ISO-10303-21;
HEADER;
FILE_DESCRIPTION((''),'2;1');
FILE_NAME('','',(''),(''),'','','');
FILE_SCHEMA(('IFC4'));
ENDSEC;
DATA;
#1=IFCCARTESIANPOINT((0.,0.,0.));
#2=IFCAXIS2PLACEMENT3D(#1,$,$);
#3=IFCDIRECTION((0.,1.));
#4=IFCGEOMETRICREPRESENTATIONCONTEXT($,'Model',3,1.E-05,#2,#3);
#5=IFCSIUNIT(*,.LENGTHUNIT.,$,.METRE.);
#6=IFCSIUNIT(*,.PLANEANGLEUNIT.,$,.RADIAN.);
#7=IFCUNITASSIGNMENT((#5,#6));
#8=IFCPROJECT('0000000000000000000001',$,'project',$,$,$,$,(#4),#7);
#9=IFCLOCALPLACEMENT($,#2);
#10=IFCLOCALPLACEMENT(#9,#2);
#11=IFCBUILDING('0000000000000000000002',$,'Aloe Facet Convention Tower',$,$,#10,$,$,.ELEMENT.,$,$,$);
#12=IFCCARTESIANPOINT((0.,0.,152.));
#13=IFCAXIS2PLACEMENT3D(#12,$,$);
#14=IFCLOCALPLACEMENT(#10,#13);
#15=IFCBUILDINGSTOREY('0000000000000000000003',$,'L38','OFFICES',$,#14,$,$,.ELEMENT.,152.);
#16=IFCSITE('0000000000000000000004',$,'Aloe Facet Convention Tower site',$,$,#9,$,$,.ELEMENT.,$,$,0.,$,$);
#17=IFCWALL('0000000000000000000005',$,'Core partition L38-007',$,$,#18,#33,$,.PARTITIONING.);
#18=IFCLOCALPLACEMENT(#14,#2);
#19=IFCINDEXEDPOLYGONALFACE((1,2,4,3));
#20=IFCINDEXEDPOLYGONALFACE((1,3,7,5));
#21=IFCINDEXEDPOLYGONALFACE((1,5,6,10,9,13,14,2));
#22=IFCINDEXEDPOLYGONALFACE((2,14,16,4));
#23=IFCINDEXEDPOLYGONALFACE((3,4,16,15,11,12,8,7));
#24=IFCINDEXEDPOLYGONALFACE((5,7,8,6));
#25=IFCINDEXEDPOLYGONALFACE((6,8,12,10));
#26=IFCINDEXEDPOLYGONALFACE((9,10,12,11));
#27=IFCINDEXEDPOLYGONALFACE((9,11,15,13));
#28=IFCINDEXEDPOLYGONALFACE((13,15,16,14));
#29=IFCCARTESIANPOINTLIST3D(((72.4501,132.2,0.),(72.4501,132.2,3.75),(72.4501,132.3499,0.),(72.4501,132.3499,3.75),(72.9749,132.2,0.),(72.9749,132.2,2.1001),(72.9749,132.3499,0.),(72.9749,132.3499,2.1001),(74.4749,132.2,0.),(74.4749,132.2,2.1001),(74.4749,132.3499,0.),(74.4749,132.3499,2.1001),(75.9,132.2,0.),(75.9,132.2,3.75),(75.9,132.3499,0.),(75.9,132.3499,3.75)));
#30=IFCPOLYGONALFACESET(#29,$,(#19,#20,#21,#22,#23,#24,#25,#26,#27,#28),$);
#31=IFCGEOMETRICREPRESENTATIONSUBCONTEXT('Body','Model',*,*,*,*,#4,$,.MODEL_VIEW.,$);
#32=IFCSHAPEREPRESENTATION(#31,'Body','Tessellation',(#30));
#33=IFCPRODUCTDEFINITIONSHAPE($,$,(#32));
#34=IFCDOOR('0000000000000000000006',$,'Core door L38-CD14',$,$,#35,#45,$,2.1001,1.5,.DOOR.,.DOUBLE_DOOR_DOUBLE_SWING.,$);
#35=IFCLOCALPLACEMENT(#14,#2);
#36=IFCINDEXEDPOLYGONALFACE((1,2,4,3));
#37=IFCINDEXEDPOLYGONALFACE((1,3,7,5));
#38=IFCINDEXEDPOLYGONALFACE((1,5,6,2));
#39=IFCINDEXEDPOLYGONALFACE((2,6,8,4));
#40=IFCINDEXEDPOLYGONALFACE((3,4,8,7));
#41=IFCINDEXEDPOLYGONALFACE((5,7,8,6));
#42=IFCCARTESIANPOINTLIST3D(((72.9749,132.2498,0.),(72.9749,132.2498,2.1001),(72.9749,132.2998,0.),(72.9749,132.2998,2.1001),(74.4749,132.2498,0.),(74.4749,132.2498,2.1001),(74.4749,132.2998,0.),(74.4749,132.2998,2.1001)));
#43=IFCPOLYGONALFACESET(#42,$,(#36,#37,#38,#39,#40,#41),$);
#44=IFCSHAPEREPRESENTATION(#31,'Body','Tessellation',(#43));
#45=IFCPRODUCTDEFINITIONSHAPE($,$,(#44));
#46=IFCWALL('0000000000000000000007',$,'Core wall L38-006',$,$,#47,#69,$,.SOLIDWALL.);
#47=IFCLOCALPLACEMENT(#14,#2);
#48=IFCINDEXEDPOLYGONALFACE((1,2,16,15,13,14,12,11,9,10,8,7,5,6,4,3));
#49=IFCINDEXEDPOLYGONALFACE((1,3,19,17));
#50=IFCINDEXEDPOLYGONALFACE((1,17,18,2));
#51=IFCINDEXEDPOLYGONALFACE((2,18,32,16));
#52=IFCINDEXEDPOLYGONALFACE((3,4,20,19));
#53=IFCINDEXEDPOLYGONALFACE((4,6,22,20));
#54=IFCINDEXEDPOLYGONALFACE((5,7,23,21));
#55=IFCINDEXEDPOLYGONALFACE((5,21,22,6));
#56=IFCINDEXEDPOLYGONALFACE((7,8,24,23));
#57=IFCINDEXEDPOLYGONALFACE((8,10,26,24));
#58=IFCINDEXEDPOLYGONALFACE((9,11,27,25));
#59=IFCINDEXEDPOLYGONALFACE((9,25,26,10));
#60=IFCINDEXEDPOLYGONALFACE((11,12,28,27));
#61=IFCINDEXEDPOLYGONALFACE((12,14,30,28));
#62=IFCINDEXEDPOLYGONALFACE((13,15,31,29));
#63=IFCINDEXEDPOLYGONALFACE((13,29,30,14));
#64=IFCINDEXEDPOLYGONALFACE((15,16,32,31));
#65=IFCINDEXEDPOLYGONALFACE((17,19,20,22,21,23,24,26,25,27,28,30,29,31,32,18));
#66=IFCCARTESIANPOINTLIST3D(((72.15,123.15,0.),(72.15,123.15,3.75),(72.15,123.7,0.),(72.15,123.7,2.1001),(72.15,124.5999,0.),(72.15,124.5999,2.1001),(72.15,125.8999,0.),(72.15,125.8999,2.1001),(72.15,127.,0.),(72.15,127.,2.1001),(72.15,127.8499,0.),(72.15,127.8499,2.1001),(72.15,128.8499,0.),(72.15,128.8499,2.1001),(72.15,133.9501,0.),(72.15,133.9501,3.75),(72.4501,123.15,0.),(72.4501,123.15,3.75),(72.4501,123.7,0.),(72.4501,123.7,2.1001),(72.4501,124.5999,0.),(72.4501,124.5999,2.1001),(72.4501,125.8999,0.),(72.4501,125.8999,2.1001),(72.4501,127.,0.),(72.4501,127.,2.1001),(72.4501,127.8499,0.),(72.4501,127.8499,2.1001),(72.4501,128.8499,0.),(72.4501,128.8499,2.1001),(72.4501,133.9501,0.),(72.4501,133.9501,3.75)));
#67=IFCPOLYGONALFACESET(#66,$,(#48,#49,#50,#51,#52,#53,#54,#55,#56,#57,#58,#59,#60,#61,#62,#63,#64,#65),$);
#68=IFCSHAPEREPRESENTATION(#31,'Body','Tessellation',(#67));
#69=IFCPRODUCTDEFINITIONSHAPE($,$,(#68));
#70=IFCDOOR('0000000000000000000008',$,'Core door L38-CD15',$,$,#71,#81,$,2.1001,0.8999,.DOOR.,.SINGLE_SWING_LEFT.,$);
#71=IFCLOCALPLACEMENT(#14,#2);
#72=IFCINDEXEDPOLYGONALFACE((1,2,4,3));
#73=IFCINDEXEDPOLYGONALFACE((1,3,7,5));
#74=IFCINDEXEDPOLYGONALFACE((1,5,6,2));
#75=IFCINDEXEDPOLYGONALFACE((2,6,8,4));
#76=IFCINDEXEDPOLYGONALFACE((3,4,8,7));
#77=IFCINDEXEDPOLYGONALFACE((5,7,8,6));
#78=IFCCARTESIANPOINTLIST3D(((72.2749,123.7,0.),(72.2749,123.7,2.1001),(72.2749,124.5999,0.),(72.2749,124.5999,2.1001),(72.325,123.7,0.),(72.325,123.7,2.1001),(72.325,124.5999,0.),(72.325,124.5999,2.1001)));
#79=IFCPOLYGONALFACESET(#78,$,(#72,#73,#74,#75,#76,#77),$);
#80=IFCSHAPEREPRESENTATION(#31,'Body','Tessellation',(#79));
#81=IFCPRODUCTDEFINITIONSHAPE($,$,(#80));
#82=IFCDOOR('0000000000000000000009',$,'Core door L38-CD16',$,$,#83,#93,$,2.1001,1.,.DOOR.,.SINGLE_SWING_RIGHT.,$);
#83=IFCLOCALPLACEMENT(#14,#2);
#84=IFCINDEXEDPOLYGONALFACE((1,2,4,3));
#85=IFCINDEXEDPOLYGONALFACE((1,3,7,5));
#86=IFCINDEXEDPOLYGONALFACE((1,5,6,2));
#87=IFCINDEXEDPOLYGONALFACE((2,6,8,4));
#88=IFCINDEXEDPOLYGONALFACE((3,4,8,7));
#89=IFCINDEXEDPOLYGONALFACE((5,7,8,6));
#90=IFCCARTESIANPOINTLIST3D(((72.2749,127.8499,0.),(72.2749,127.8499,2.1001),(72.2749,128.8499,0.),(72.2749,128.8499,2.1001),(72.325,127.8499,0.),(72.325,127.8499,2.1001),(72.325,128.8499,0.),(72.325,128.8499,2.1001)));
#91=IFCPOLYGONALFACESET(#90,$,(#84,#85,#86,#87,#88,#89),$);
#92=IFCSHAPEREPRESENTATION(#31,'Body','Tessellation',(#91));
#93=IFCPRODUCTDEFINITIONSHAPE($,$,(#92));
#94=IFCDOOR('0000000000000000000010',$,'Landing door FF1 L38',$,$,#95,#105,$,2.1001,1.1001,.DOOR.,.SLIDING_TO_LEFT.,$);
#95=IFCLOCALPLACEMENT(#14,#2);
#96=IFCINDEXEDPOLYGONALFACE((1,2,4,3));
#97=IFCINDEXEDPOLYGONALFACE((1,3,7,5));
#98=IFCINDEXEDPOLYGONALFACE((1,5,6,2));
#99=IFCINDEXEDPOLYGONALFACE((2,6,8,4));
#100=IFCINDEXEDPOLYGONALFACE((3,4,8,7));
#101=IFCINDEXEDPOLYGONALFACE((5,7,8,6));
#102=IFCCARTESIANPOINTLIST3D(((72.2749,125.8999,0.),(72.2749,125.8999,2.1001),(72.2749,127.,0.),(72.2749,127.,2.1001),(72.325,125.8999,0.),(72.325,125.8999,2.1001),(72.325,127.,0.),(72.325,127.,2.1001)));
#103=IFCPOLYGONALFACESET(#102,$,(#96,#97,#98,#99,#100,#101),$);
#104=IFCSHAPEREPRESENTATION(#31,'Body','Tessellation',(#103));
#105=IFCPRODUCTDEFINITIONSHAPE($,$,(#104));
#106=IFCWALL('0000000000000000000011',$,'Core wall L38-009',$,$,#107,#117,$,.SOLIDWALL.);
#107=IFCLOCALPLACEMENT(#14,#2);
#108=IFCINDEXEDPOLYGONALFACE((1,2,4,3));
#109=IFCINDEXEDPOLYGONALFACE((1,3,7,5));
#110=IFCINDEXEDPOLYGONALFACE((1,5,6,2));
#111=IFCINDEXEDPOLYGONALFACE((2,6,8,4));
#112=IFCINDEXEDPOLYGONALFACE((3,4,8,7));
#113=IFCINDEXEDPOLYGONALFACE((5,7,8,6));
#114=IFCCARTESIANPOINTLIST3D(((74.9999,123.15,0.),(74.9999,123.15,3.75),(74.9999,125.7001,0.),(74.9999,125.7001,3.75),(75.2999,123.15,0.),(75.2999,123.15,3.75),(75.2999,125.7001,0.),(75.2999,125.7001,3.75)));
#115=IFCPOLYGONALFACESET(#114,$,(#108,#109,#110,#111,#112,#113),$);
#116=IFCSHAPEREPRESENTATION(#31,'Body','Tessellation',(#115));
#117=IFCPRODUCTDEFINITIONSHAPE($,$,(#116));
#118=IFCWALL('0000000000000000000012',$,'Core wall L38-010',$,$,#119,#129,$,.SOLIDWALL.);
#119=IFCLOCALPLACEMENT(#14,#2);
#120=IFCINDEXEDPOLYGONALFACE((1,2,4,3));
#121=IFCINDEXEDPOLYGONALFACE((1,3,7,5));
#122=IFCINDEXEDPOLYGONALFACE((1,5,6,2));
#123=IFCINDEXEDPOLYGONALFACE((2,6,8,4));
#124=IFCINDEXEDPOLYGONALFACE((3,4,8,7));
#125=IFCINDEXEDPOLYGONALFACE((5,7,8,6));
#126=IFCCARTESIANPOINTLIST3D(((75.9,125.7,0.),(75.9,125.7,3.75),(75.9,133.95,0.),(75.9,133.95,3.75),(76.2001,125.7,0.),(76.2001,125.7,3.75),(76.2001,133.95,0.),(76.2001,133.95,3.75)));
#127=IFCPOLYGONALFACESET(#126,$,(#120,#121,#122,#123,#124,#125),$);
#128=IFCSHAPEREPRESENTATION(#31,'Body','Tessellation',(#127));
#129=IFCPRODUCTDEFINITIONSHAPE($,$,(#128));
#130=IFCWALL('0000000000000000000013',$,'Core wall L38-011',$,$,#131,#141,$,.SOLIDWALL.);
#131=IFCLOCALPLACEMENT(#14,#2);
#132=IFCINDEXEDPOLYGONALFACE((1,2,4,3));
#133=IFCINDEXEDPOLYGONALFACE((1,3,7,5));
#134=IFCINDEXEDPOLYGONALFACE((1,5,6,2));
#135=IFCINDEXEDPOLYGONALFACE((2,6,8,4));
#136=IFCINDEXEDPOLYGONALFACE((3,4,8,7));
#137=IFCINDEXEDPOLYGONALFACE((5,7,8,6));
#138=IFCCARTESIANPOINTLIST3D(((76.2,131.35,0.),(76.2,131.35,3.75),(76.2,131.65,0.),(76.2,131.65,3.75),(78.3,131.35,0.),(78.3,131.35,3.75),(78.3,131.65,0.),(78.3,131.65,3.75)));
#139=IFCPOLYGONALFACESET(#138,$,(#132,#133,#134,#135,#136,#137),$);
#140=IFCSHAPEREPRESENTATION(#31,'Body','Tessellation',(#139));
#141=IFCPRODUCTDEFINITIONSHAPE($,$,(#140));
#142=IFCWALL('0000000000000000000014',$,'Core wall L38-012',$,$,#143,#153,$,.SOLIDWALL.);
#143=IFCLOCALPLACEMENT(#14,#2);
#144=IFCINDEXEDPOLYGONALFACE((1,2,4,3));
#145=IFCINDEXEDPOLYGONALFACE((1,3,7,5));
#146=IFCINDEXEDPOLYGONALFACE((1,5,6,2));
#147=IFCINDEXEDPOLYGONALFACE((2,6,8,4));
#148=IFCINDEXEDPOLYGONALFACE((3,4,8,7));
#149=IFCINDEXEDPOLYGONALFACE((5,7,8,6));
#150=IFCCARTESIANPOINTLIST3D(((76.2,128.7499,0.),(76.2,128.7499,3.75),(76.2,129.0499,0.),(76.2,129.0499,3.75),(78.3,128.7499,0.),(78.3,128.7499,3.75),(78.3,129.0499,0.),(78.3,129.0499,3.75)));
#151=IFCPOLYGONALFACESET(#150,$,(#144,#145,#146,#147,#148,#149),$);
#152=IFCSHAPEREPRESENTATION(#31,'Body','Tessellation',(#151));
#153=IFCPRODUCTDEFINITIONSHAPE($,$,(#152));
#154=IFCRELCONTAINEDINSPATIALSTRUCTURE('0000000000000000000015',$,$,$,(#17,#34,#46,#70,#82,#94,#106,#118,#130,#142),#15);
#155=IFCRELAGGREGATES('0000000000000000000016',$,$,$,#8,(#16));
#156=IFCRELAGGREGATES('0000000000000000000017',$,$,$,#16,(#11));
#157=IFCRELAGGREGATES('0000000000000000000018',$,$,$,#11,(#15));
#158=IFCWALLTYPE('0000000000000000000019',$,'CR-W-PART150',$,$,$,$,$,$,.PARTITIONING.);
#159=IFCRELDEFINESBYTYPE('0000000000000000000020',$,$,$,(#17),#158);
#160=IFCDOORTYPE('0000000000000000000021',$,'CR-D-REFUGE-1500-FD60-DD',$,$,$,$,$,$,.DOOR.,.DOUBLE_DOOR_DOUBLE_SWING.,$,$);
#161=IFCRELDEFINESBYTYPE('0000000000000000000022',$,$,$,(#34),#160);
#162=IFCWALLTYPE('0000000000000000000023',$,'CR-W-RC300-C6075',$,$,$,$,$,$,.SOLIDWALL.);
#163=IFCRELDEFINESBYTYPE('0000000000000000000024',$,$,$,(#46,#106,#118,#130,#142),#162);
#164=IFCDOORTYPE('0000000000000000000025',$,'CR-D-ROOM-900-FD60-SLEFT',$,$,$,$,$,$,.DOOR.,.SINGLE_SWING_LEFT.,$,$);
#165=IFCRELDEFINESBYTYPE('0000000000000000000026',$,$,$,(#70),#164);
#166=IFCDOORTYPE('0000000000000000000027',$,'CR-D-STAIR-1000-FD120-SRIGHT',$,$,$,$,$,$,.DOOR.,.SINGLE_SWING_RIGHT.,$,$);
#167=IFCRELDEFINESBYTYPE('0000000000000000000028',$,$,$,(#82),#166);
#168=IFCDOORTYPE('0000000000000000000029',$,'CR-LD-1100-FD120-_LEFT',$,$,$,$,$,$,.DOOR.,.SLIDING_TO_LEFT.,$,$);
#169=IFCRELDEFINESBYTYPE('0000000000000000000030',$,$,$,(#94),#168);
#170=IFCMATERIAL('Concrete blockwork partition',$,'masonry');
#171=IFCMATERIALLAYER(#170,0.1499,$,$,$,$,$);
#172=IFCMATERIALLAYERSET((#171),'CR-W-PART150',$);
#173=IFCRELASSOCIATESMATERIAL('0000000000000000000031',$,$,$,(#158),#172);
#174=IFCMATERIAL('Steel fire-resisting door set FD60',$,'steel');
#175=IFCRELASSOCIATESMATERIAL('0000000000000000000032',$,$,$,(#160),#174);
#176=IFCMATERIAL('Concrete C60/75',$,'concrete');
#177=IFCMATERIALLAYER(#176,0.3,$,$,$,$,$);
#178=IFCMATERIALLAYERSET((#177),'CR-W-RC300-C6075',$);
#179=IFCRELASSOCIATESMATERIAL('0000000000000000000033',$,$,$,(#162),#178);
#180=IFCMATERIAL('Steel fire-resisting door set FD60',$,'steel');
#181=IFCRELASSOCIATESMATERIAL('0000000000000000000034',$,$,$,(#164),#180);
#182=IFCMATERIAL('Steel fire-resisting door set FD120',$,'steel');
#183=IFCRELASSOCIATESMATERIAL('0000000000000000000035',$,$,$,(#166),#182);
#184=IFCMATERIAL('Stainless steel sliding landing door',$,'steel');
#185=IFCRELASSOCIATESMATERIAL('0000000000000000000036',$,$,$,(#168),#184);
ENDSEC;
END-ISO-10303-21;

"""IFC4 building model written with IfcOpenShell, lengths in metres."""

from ifc_helpers import new_model, si_unit, direction, frame, frame_2d, origin, place, context, subcontext, project, spatial, rectangle, extrude, material, layer, layer_set, type_object, element, fill, save


model = new_model("IFC4")

# Units and contexts
model_context = context("Model", 3, precision=1e-05, world=origin(), true_north=direction((0.0, 1.0)))
body_context = subcontext(model_context, "Body", "Model", "MODEL_VIEW")
ifc_project = project(units=[si_unit("LENGTHUNIT", "METRE"), si_unit("PLANEANGLEUNIT", "RADIAN")], contexts=[model_context])

# Site, building, storey
site_placement = place(None, origin())
site = spatial("IfcSite", under=ifc_project, at=site_placement, Name="Aloe Facet Convention Tower site", CompositionType="ELEMENT", RefElevation=0.0)
building_placement = place(site_placement, origin())
building = spatial("IfcBuilding", under=site, at=building_placement, Name="Aloe Facet Convention Tower", CompositionType="ELEMENT")
storey_placement = place(building_placement, frame((0.0, 0.0, 152.0)))
storey = spatial("IfcBuildingStorey", under=building, at=storey_placement, Name="L38", Description="OFFICES", CompositionType="ELEMENT", Elevation=152.0)

# Wall, opening, door
ifc_material_1 = material(Name="Concrete blockwork partition", Category="masonry")
ifc_layer_1 = layer(ifc_material_1, 0.1499)
ifc_layer_set_1 = layer_set([ifc_layer_1], Name="CR-W-PART150")
wall_type_1 = type_object("IfcWallType", Name="CR-W-PART150", PredefinedType="PARTITIONING", material=ifc_layer_set_1)
wall_1_placement = place(storey_placement, frame((72.45, 132.2749, 0.0), z_axis=(0.0, 0.0, 1.0), x_axis=(1.0, 0.0, 0.0)))
wall_1 = element("IfcWall", 1, at=wall_1_placement, inside=storey, type_object=wall_type_1, Name="Core partition L38-007", PredefinedType="PARTITIONING", context=body_context, shape_type="SweptSolid", body=[
    extrude(rectangle(XDim=3.45, YDim=0.1499, at=frame_2d((1.7251, 0.0))), origin(), (0.0, 0.0, 1.0), 3.75),
])
opening_1_placement = place(wall_1_placement, frame((0.5249, 0.0, 0.0)))
opening_1 = element("IfcOpeningElement", 2, at=opening_1_placement, cuts=wall_1, PredefinedType="OPENING", context=body_context, shape_type="SweptSolid", body=[
    extrude(rectangle(XDim=1.5, YDim=2.1001, at=frame_2d((0.75, 1.05))), frame((0.0, 0.085, 0.0), z_axis=(0.0, -1.0, 0.0), x_axis=(1.0, 0.0, 0.0)), (0.0, 0.0, 1.0), 0.1699),
])
ifc_material_2 = material(Name="Steel fire-resisting door set FD60", Category="steel")
door_type_1 = type_object("IfcDoorType", Name="CR-D-REFUGE-1500-FD60-DD", OperationType="DOUBLE_DOOR_DOUBLE_SWING", PredefinedType="DOOR", material=ifc_material_2)
door_1_placement = place(opening_1_placement, origin())
door_1 = element("IfcDoor", 3, at=door_1_placement, inside=storey, type_object=door_type_1, Name="Core door L38-CD14", OperationType="DOUBLE_DOOR_DOUBLE_SWING", OverallHeight=2.1001, OverallWidth=1.5, PredefinedType="DOOR", context=body_context, shape_type="SweptSolid", body=[
    extrude(rectangle(XDim=1.5, YDim=2.1001, at=frame_2d((0.75, 1.05))), frame((0.0, 0.0249, 0.0), z_axis=(0.0, -1.0, 0.0), x_axis=(1.0, 0.0, 0.0)), (0.0, 0.0, 1.0), 0.05),
])
fill(opening_1, door_1)

# Wall, openings, doors
ifc_material_3 = material(Name="Concrete C60/75", Category="concrete")
ifc_layer_2 = layer(ifc_material_3, 0.3)
ifc_layer_set_2 = layer_set([ifc_layer_2], Name="CR-W-RC300-C6075")
wall_type_2 = type_object("IfcWallType", Name="CR-W-RC300-C6075", PredefinedType="SOLIDWALL", material=ifc_layer_set_2)
wall_2_placement = place(storey_placement, frame((72.3, 133.95, 0.0), z_axis=(0.0, 0.0, 1.0), x_axis=(0.0, -1.0, 0.0)))
wall_2 = element("IfcWall", 4, at=wall_2_placement, inside=storey, type_object=wall_type_2, Name="Core wall L38-006", PredefinedType="SOLIDWALL", context=body_context, shape_type="SweptSolid", body=[
    extrude(rectangle(XDim=10.8, YDim=0.3, at=frame_2d((5.3999, 0.0))), origin(), (0.0, 0.0, 1.0), 3.75),
])
opening_2_placement = place(wall_2_placement, frame((6.95, 0.0, 0.0)))
opening_2 = element("IfcOpeningElement", 5, at=opening_2_placement, cuts=wall_2, PredefinedType="OPENING", context=body_context, shape_type="SweptSolid", body=[
    extrude(rectangle(XDim=1.1001, YDim=2.1001, at=frame_2d((0.55, 1.05))), frame((0.0, 0.1602, 0.0), z_axis=(0.0, -1.0, 0.0), x_axis=(1.0, 0.0, 0.0)), (0.0, 0.0, 1.0), 0.3201),
])
opening_3_placement = place(wall_2_placement, frame((9.3501, 0.0, 0.0)))
opening_3 = element("IfcOpeningElement", 6, at=opening_3_placement, cuts=wall_2, PredefinedType="OPENING", context=body_context, shape_type="SweptSolid", body=[
    extrude(rectangle(XDim=0.8999, YDim=2.1001, at=frame_2d((0.45, 1.05))), frame((0.0, 0.1602, 0.0), z_axis=(0.0, -1.0, 0.0), x_axis=(1.0, 0.0, 0.0)), (0.0, 0.0, 1.0), 0.3201),
])
opening_4_placement = place(wall_2_placement, frame((5.1001, 0.0, 0.0)))
opening_4 = element("IfcOpeningElement", 7, at=opening_4_placement, cuts=wall_2, PredefinedType="OPENING", context=body_context, shape_type="SweptSolid", body=[
    extrude(rectangle(XDim=1.0, YDim=2.1001, at=frame_2d((0.5, 1.05))), frame((0.0, 0.1602, 0.0), z_axis=(0.0, -1.0, 0.0), x_axis=(1.0, 0.0, 0.0)), (0.0, 0.0, 1.0), 0.3201),
])
ifc_material_4 = material(Name="Steel fire-resisting door set FD60", Category="steel")
door_type_2 = type_object("IfcDoorType", Name="CR-D-ROOM-900-FD60-SLEFT", OperationType="SINGLE_SWING_LEFT", PredefinedType="DOOR", material=ifc_material_4)
door_2_placement = place(opening_3_placement, origin())
door_2 = element("IfcDoor", 8, at=door_2_placement, inside=storey, type_object=door_type_2, Name="Core door L38-CD15", OperationType="SINGLE_SWING_LEFT", OverallHeight=2.1001, OverallWidth=0.8999, PredefinedType="DOOR", context=body_context, shape_type="SweptSolid", body=[
    extrude(rectangle(XDim=0.8999, YDim=2.1001, at=frame_2d((0.45, 1.05))), frame((0.0, 0.0249, 0.0), z_axis=(0.0, -1.0, 0.0), x_axis=(1.0, 0.0, 0.0)), (0.0, 0.0, 1.0), 0.05),
])
fill(opening_3, door_2)
ifc_material_5 = material(Name="Steel fire-resisting door set FD120", Category="steel")
door_type_3 = type_object("IfcDoorType", Name="CR-D-STAIR-1000-FD120-SRIGHT", OperationType="SINGLE_SWING_RIGHT", PredefinedType="DOOR", material=ifc_material_5)
door_3_placement = place(opening_4_placement, origin())
door_3 = element("IfcDoor", 9, at=door_3_placement, inside=storey, type_object=door_type_3, Name="Core door L38-CD16", OperationType="SINGLE_SWING_RIGHT", OverallHeight=2.1001, OverallWidth=1.0, PredefinedType="DOOR", context=body_context, shape_type="SweptSolid", body=[
    extrude(rectangle(XDim=1.0, YDim=2.1001, at=frame_2d((0.5, 1.05))), frame((0.0, 0.0249, 0.0), z_axis=(0.0, -1.0, 0.0), x_axis=(1.0, 0.0, 0.0)), (0.0, 0.0, 1.0), 0.05),
])
fill(opening_4, door_3)
ifc_material_6 = material(Name="Stainless steel sliding landing door", Category="steel")
door_type_4 = type_object("IfcDoorType", Name="CR-LD-1100-FD120-_LEFT", OperationType="SLIDING_TO_LEFT", PredefinedType="DOOR", material=ifc_material_6)
door_4_placement = place(opening_2_placement, origin())
door_4 = element("IfcDoor", 10, at=door_4_placement, inside=storey, type_object=door_type_4, Name="Landing door FF1 L38", OperationType="SLIDING_TO_LEFT", OverallHeight=2.1001, OverallWidth=1.1001, PredefinedType="DOOR", context=body_context, shape_type="SweptSolid", body=[
    extrude(rectangle(XDim=1.1001, YDim=2.1001, at=frame_2d((0.55, 1.05))), frame((0.0, 0.0249, 0.0), z_axis=(0.0, -1.0, 0.0), x_axis=(1.0, 0.0, 0.0)), (0.0, 0.0, 1.0), 0.05),
])
fill(opening_2, door_4)

# Walls
wall_3_placement = place(storey_placement, frame((75.1499, 125.7, 0.0), z_axis=(0.0, 0.0, 1.0), x_axis=(0.0, -1.0, 0.0)))
element("IfcWall", 11, at=wall_3_placement, inside=storey, type_object=wall_type_2, Name="Core wall L38-009", PredefinedType="SOLIDWALL", context=body_context, shape_type="SweptSolid", body=[
    extrude(rectangle(XDim=2.55, YDim=0.3, at=frame_2d((1.2749, 0.0))), origin(), (0.0, 0.0, 1.0), 3.75),
])
wall_4_placement = place(storey_placement, frame((76.05, 133.95, 0.0), z_axis=(0.0, 0.0, 1.0), x_axis=(0.0, -1.0, 0.0)))
element("IfcWall", 12, at=wall_4_placement, inside=storey, type_object=wall_type_2, Name="Core wall L38-010", PredefinedType="SOLIDWALL", context=body_context, shape_type="SweptSolid", body=[
    extrude(rectangle(XDim=8.25, YDim=0.3, at=frame_2d((4.125, 0.0))), origin(), (0.0, 0.0, 1.0), 3.75),
])
for number, where, z_axis, x_axis, name in (
    (13, (76.2, 131.5, 0.0), (0.0, 0.0, 1.0), (1.0, 0.0, 0.0), "Core wall L38-011"),
    (14, (76.2, 128.8999, 0.0), (0.0, 0.0, 1.0), (1.0, 0.0, 0.0), "Core wall L38-012"),
):
    element("IfcWall", number, at=place(storey_placement, frame(where, z_axis=z_axis, x_axis=x_axis)), inside=storey, type_object=wall_type_2, Name=name, PredefinedType="SOLIDWALL", context=body_context, shape_type="SweptSolid", body=[
        extrude(rectangle(XDim=2.1001, YDim=0.3, at=frame_2d((1.05, 0.0))), origin(), (0.0, 0.0, 1.0), 3.75),
    ])

save(model, "model.ifc")
